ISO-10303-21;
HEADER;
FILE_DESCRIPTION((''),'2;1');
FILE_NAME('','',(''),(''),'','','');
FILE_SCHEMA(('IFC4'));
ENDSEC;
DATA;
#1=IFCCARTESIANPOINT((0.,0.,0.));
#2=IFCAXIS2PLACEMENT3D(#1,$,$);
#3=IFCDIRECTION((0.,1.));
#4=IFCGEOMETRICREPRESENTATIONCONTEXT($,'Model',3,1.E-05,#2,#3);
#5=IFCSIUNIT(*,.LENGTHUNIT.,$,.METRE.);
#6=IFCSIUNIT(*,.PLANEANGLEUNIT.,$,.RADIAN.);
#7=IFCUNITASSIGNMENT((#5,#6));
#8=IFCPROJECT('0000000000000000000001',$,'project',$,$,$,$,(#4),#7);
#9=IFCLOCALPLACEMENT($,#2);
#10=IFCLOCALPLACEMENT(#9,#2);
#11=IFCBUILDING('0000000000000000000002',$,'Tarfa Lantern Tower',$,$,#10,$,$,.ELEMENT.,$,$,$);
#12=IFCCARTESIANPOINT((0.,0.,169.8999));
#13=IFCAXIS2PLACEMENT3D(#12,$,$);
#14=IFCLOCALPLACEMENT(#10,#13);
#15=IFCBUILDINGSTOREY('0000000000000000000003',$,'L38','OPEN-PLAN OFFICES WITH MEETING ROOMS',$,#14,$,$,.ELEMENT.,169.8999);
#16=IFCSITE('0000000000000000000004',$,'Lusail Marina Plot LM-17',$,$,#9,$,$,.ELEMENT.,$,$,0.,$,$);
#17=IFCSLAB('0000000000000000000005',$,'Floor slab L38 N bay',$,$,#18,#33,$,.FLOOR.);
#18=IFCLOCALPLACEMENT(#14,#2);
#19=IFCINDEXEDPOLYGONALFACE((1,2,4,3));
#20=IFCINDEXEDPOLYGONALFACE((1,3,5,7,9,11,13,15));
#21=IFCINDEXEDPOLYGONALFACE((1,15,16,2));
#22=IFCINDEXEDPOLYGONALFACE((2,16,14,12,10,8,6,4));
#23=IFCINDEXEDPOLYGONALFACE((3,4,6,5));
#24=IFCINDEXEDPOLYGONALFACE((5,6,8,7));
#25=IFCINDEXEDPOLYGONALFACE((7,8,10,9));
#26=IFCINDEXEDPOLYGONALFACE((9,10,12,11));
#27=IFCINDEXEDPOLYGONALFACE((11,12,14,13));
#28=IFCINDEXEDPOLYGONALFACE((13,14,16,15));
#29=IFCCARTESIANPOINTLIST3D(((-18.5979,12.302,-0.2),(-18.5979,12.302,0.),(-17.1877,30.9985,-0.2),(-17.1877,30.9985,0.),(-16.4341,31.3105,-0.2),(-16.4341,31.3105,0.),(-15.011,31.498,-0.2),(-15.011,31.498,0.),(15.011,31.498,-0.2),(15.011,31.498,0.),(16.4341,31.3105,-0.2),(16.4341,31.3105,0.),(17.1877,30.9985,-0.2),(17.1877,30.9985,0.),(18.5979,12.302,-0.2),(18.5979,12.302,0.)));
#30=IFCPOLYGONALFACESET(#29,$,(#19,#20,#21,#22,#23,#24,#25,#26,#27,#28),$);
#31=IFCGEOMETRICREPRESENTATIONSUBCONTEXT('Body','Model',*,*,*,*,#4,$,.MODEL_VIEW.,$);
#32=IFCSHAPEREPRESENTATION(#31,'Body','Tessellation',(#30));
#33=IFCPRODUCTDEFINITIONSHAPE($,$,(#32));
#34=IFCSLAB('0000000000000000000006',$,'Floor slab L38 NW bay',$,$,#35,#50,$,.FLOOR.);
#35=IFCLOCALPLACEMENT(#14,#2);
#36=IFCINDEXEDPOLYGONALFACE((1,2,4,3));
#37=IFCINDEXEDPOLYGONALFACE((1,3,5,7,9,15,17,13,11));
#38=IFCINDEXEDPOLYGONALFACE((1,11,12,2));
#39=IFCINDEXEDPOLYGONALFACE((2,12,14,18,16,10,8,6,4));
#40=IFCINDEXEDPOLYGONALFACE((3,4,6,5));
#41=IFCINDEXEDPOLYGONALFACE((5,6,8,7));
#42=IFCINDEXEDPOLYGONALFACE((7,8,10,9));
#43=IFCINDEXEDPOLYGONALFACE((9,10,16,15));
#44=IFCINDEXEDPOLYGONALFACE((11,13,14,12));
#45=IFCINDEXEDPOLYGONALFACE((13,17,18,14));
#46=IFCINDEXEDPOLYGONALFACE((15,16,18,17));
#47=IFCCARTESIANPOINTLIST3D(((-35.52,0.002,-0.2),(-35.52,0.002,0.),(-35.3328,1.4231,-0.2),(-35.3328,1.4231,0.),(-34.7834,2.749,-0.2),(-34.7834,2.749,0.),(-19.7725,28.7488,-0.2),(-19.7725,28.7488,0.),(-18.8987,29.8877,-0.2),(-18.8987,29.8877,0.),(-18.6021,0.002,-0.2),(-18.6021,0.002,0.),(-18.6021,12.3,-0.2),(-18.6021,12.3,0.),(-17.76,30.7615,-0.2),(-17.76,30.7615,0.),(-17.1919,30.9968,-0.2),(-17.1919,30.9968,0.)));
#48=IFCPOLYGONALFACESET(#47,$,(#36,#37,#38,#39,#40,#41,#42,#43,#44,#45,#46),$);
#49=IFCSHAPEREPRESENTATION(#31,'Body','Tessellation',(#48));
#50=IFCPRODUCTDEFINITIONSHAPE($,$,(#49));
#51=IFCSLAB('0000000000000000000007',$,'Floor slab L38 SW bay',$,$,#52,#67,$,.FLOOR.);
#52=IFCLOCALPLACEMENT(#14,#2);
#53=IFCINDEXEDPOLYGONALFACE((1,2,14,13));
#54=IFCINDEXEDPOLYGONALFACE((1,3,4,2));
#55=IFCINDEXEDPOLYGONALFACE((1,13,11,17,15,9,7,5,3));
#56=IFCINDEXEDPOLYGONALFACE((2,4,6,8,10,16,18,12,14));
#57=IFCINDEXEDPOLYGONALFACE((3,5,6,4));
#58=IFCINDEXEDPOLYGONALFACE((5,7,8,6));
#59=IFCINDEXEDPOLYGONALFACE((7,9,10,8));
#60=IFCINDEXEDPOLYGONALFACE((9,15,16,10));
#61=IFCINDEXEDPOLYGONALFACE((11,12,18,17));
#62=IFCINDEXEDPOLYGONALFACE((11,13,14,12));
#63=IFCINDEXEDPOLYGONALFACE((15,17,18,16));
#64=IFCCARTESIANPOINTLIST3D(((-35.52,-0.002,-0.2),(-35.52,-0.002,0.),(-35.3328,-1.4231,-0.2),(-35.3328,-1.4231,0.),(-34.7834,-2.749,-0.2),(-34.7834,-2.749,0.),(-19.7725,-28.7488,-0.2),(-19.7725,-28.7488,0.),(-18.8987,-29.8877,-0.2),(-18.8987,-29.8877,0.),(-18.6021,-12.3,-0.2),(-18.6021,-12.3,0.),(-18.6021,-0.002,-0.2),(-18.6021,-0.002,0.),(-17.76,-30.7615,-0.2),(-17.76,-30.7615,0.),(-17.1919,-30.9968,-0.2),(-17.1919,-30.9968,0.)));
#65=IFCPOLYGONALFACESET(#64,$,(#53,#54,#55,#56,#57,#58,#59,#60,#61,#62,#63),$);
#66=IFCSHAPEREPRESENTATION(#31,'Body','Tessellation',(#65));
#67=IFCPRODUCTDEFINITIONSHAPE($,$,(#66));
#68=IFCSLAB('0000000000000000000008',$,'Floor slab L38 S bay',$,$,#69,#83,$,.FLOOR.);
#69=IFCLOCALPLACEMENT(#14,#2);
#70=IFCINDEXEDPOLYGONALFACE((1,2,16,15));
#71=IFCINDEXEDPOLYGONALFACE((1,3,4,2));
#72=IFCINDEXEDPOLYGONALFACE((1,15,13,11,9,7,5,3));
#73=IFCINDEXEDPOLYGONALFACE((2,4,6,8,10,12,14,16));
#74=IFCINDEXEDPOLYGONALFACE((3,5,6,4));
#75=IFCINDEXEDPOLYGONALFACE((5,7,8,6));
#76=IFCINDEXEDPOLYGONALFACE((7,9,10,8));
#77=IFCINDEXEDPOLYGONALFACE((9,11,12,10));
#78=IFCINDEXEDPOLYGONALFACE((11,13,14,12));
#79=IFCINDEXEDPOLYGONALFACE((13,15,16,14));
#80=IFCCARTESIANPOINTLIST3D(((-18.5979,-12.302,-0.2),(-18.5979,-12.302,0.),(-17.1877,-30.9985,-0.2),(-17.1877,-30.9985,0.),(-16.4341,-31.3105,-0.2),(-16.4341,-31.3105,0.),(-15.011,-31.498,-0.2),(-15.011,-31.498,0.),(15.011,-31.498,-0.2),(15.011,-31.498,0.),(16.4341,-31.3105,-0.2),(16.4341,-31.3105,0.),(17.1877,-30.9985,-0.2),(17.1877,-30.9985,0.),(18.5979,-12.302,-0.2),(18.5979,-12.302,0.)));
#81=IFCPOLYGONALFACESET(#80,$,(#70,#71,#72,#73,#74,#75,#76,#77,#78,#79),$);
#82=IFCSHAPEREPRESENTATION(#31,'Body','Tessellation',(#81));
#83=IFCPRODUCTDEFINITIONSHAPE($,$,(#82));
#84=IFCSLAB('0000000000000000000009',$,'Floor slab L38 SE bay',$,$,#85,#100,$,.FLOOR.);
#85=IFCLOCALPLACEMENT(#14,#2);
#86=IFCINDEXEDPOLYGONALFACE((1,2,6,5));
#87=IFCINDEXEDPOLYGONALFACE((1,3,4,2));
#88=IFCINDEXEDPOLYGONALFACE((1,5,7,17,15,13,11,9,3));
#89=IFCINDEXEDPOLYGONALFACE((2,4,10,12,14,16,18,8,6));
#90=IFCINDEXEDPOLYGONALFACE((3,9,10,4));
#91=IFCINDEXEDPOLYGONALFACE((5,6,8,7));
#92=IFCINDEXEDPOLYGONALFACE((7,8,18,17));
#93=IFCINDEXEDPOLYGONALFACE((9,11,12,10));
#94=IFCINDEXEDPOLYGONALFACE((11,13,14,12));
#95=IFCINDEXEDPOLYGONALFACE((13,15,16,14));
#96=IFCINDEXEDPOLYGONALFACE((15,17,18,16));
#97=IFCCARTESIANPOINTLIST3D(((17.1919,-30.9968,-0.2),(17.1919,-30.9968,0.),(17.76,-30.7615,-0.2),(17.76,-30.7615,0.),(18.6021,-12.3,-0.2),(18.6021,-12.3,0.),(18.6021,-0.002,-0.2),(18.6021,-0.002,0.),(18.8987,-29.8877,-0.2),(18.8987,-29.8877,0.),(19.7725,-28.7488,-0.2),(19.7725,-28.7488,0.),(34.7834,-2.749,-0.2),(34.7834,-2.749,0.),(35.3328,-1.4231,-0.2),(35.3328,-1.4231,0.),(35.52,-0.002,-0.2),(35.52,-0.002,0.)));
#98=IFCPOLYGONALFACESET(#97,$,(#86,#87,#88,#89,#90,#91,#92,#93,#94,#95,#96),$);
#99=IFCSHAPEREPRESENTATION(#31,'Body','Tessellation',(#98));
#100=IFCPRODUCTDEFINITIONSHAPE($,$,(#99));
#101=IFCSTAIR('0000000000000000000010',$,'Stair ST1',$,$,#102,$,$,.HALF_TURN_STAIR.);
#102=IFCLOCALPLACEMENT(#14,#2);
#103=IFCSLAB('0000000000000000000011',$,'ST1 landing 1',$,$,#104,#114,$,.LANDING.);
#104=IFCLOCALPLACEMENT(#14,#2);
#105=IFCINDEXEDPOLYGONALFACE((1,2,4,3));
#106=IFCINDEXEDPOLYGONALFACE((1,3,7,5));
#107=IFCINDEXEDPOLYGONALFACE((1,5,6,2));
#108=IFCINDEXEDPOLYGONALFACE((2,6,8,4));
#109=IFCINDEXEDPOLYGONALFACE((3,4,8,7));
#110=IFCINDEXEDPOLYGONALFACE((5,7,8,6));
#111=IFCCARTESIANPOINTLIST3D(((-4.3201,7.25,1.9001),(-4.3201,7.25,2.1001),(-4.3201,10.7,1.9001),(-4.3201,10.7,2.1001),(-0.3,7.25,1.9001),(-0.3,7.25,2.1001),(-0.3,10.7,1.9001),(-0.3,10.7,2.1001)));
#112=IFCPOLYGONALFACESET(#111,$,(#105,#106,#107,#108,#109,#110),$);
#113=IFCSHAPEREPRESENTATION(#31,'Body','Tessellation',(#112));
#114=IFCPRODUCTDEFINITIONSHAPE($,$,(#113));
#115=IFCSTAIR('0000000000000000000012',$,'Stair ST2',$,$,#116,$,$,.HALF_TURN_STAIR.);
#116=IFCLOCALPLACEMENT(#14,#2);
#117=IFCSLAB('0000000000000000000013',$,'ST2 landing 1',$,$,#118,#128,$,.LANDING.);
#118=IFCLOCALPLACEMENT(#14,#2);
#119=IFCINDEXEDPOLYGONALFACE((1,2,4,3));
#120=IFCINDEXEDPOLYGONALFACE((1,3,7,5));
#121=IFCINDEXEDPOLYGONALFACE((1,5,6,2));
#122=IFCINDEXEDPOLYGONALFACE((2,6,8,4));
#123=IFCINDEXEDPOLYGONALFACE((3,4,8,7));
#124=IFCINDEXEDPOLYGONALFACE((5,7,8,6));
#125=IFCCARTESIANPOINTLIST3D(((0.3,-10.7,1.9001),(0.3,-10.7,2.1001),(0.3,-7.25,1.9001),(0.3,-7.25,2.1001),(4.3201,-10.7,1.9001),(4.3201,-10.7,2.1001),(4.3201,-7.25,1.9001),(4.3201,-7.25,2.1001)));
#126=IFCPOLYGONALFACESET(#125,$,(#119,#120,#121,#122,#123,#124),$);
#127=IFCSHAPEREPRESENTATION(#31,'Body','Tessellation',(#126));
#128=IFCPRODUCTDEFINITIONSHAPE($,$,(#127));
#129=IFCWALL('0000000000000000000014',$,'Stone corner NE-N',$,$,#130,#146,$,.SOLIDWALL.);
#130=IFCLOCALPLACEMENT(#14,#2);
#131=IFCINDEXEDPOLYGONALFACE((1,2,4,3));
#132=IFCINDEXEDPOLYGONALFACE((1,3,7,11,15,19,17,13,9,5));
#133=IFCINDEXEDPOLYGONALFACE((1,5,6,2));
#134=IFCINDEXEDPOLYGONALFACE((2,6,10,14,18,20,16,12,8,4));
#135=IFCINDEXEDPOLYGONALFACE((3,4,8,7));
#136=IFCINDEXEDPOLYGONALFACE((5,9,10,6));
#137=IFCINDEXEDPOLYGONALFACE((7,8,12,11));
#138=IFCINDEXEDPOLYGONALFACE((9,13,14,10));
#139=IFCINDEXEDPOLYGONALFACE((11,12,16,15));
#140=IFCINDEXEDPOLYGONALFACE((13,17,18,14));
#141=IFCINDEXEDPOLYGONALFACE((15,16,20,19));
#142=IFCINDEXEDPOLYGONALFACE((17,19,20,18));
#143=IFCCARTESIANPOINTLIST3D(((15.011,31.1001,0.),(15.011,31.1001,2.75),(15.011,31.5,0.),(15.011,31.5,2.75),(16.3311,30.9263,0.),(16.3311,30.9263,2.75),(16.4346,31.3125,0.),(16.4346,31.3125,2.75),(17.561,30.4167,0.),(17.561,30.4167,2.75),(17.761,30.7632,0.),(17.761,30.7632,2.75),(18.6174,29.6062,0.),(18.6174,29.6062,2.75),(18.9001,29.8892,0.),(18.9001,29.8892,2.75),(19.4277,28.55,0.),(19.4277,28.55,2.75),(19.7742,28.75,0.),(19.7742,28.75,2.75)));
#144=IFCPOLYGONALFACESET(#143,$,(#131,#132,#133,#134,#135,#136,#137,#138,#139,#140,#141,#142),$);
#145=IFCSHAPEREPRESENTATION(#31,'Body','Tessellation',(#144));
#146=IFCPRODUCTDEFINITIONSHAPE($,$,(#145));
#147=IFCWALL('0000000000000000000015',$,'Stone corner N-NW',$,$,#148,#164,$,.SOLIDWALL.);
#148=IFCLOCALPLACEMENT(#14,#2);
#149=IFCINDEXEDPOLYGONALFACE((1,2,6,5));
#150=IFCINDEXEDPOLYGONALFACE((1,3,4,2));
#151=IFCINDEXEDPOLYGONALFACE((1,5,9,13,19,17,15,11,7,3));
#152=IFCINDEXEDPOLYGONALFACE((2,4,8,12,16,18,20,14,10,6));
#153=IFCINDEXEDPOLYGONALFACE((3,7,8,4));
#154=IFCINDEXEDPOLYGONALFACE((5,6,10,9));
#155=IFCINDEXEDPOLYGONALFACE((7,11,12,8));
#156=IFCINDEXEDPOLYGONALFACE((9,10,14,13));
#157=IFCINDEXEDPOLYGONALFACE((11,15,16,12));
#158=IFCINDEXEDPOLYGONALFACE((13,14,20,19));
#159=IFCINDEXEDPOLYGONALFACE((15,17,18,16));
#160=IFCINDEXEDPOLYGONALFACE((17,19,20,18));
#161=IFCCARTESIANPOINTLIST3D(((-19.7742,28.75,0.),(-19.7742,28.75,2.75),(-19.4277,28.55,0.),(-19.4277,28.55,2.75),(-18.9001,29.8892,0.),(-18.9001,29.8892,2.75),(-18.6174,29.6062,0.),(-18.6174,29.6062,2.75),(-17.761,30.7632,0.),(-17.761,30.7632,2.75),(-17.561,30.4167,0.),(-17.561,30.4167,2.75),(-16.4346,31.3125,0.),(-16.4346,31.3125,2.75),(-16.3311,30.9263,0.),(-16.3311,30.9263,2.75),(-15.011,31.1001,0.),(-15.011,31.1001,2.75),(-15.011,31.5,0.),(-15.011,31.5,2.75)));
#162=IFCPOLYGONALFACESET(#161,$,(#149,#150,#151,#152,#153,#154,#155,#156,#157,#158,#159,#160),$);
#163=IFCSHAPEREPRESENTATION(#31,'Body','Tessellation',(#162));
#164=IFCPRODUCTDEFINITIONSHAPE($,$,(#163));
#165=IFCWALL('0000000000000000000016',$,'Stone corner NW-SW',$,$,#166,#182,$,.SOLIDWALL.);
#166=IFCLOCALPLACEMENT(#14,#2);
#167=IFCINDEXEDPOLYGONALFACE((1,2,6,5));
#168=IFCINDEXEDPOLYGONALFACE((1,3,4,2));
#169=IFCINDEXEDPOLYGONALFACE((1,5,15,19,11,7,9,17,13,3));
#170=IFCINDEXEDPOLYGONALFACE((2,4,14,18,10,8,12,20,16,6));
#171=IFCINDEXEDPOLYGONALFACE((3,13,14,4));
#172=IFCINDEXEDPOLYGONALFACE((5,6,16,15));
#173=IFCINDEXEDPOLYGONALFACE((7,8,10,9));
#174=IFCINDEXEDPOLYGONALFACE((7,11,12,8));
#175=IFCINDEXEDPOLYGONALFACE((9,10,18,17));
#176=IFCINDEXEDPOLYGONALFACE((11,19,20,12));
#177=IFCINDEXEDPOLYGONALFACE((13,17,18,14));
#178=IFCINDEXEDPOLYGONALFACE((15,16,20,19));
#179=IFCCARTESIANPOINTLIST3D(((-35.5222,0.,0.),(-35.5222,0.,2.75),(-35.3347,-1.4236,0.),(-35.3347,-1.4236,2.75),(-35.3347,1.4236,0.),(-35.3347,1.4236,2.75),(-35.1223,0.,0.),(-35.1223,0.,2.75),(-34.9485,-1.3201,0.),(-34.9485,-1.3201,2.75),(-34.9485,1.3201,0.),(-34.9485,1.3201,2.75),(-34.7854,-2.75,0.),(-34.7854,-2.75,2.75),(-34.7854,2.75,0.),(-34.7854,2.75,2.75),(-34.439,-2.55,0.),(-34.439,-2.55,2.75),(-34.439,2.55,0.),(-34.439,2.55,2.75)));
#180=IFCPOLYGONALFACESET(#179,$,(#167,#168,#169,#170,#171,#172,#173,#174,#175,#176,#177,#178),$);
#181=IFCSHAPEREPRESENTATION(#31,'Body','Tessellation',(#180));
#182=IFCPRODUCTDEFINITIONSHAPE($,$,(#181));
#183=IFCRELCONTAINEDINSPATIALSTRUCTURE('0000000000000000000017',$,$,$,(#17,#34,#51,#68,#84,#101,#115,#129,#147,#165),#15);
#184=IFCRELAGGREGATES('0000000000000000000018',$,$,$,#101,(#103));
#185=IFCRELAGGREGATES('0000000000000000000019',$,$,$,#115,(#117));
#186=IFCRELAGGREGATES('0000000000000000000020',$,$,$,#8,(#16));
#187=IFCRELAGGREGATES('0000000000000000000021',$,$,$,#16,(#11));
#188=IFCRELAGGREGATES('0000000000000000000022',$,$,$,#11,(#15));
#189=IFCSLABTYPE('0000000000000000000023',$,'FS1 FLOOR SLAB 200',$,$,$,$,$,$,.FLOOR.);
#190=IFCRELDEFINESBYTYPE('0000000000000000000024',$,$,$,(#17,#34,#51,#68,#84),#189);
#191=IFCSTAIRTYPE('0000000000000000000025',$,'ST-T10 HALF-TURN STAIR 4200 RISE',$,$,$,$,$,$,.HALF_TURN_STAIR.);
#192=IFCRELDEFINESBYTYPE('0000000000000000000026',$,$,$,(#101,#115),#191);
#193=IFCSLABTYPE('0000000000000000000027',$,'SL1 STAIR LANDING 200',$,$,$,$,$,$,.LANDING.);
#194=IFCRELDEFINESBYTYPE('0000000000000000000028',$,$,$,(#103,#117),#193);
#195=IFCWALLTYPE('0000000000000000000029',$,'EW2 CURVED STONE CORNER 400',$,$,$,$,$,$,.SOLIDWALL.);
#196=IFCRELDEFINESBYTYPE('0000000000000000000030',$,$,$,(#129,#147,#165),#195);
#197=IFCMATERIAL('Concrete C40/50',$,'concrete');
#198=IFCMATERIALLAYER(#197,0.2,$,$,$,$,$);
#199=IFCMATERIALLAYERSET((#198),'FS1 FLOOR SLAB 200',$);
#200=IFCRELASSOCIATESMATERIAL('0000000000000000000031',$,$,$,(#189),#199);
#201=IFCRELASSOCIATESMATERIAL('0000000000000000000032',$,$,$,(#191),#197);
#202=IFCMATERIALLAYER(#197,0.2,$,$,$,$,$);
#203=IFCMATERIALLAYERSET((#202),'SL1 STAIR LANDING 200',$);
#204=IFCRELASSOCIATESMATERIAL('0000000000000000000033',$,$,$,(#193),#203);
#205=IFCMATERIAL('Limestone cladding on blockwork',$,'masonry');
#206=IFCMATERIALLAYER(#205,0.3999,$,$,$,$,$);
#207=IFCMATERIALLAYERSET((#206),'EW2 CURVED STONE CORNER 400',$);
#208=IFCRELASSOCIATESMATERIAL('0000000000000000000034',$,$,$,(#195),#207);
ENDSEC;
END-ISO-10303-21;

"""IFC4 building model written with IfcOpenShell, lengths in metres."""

from ifc_helpers import new_model, si_unit, direction, frame, origin, place, context, subcontext, project, spatial, polyline, outline, extrude, material, layer, layer_set, type_object, element, aggregate, save


model = new_model("IFC4")

# Units and contexts
model_context = context("Model", 3, precision=1e-05, world=origin(), true_north=direction((0.0, 1.0)))
body_context = subcontext(model_context, "Body", "Model", "MODEL_VIEW")
ifc_project = project(units=[si_unit("LENGTHUNIT", "METRE"), si_unit("PLANEANGLEUNIT", "RADIAN")], contexts=[model_context])

# Site, building, storey
site_placement = place(None, origin())
site = spatial("IfcSite", under=ifc_project, at=site_placement, Name="Lusail Marina Plot LM-17", CompositionType="ELEMENT", RefElevation=0.0)
building_placement = place(site_placement, origin())
building = spatial("IfcBuilding", under=site, at=building_placement, Name="Tarfa Lantern Tower", CompositionType="ELEMENT")
storey_placement = place(building_placement, frame((0.0, 0.0, 169.8999)))
storey = spatial("IfcBuildingStorey", under=building, at=storey_placement, Name="L38", Description="OPEN-PLAN OFFICES WITH MEETING ROOMS", CompositionType="ELEMENT", Elevation=169.8999)

# Slabs
ifc_material_1 = material(Name="Concrete C40/50", Category="concrete")
ifc_layer_1 = layer(ifc_material_1, 0.2)
ifc_layer_set_1 = layer_set([ifc_layer_1], Name="FS1 FLOOR SLAB 200")
slab_type_1 = type_object("IfcSlabType", Name="FS1 FLOOR SLAB 200", PredefinedType="FLOOR", material=ifc_layer_set_1)
slab_1_placement = place(storey_placement, frame((0.0, 0.0, -0.2)))
element("IfcSlab", 1, at=slab_1_placement, inside=storey, type_object=slab_type_1, Name="Floor slab L38 N bay", PredefinedType="FLOOR", context=body_context, shape_type="SweptSolid", body=[
    extrude(outline(polyline([(-18.5979, 12.302), (18.5979, 12.302), (17.1877, 30.9985), (16.4341, 31.3105), (15.011, 31.498), (-15.011, 31.498), (-16.4341, 31.3105), (-17.1877, 30.9985), (-18.5979, 12.302)])), origin(), (0.0, 0.0, 1.0), 0.2),
])
slab_2_placement = place(storey_placement, frame((0.0, 0.0, -0.2)))
element("IfcSlab", 2, at=slab_2_placement, inside=storey, type_object=slab_type_1, Name="Floor slab L38 NW bay", PredefinedType="FLOOR", context=body_context, shape_type="SweptSolid", body=[
    extrude(outline(polyline([(-18.6021, 0.002), (-18.6021, 12.3), (-17.1919, 30.9968), (-17.76, 30.7615), (-18.8987, 29.8877), (-19.7725, 28.7488), (-34.7834, 2.749), (-35.3328, 1.4231), (-35.52, 0.002), (-18.6021, 0.002)])), origin(), (0.0, 0.0, 1.0), 0.2),
])
slab_3_placement = place(storey_placement, frame((0.0, 0.0, -0.2)))
element("IfcSlab", 3, at=slab_3_placement, inside=storey, type_object=slab_type_1, Name="Floor slab L38 SW bay", PredefinedType="FLOOR", context=body_context, shape_type="SweptSolid", body=[
    extrude(outline(polyline([(-18.6021, -12.3), (-18.6021, -0.002), (-35.52, -0.002), (-35.3328, -1.4231), (-34.7834, -2.749), (-19.7725, -28.7488), (-18.8987, -29.8877), (-17.76, -30.7615), (-17.1919, -30.9968), (-18.6021, -12.3)])), origin(), (0.0, 0.0, 1.0), 0.2),
])
slab_4_placement = place(storey_placement, frame((0.0, 0.0, -0.2)))
element("IfcSlab", 4, at=slab_4_placement, inside=storey, type_object=slab_type_1, Name="Floor slab L38 S bay", PredefinedType="FLOOR", context=body_context, shape_type="SweptSolid", body=[
    extrude(outline(polyline([(18.5979, -12.302), (-18.5979, -12.302), (-17.1877, -30.9985), (-16.4341, -31.3105), (-15.011, -31.498), (15.011, -31.498), (16.4341, -31.3105), (17.1877, -30.9985), (18.5979, -12.302)])), origin(), (0.0, 0.0, 1.0), 0.2),
])
slab_5_placement = place(storey_placement, frame((0.0, 0.0, -0.2)))
element("IfcSlab", 5, at=slab_5_placement, inside=storey, type_object=slab_type_1, Name="Floor slab L38 SE bay", PredefinedType="FLOOR", context=body_context, shape_type="SweptSolid", body=[
    extrude(outline(polyline([(18.6021, -0.002), (18.6021, -12.3), (17.1919, -30.9968), (17.76, -30.7615), (18.8987, -29.8877), (19.7725, -28.7488), (34.7834, -2.749), (35.3328, -1.4231), (35.52, -0.002), (18.6021, -0.002)])), origin(), (0.0, 0.0, 1.0), 0.2),
])

# Stairs, slabs
stair_type = type_object("IfcStairType", Name="ST-T10 HALF-TURN STAIR 4200 RISE", PredefinedType="HALF_TURN_STAIR", material=ifc_material_1)
stair_1_placement = place(storey_placement, origin())
stair_1 = element("IfcStair", 6, at=stair_1_placement, inside=storey, type_object=stair_type, Name="Stair ST1", PredefinedType="HALF_TURN_STAIR")
ifc_layer_2 = layer(ifc_material_1, 0.2)
ifc_layer_set_2 = layer_set([ifc_layer_2], Name="SL1 STAIR LANDING 200")
slab_type_2 = type_object("IfcSlabType", Name="SL1 STAIR LANDING 200", PredefinedType="LANDING", material=ifc_layer_set_2)
slab_6_placement = place(storey_placement, frame((0.0, 0.0, 1.9001)))
slab_6 = element("IfcSlab", 7, at=slab_6_placement, type_object=slab_type_2, Name="ST1 landing 1", PredefinedType="LANDING", context=body_context, shape_type="SweptSolid", body=[
    extrude(outline(polyline([(-4.3201, 7.25), (-0.3, 7.25), (-0.3, 10.7), (-4.3201, 10.7), (-4.3201, 7.25)])), origin(), (0.0, 0.0, 1.0), 0.2),
])
aggregate(stair_1, [slab_6])
stair_2_placement = place(storey_placement, origin())
stair_2 = element("IfcStair", 8, at=stair_2_placement, inside=storey, type_object=stair_type, Name="Stair ST2", PredefinedType="HALF_TURN_STAIR")
slab_7_placement = place(storey_placement, frame((0.0, 0.0, 1.9001)))
slab_7 = element("IfcSlab", 9, at=slab_7_placement, type_object=slab_type_2, Name="ST2 landing 1", PredefinedType="LANDING", context=body_context, shape_type="SweptSolid", body=[
    extrude(outline(polyline([(4.3201, -7.25), (0.3, -7.25), (0.3, -10.7), (4.3201, -10.7), (4.3201, -7.25)])), origin(), (0.0, 0.0, 1.0), 0.2),
])
aggregate(stair_2, [slab_7])

# Walls
ifc_material_2 = material(Name="Limestone cladding on blockwork", Category="masonry")
ifc_layer_3 = layer(ifc_material_2, 0.3999)
ifc_layer_set_3 = layer_set([ifc_layer_3], Name="EW2 CURVED STONE CORNER 400")
wall_type_1 = type_object("IfcWallType", Name="EW2 CURVED STONE CORNER 400", PredefinedType="SOLIDWALL", material=ifc_layer_set_3)
wall_1_placement = place(storey_placement, origin())
element("IfcWall", 10, at=wall_1_placement, inside=storey, type_object=wall_type_1, Name="Stone corner NE-N", PredefinedType="SOLIDWALL", context=body_context, shape_type="SweptSolid", body=[
    extrude(outline(polyline([(19.7742, 28.75), (18.9001, 29.8892), (17.761, 30.7632), (16.4346, 31.3125), (15.011, 31.5), (15.011, 31.1001), (16.3311, 30.9263), (17.561, 30.4167), (18.6174, 29.6062), (19.4277, 28.55), (19.7742, 28.75)])), origin(), (0.0, 0.0, 1.0), 2.75),
])
wall_2_placement = place(storey_placement, origin())
element("IfcWall", 11, at=wall_2_placement, inside=storey, type_object=wall_type_1, Name="Stone corner N-NW", PredefinedType="SOLIDWALL", context=body_context, shape_type="SweptSolid", body=[
    extrude(outline(polyline([(-15.011, 31.5), (-16.4346, 31.3125), (-17.761, 30.7632), (-18.9001, 29.8892), (-19.7742, 28.75), (-19.4277, 28.55), (-18.6174, 29.6062), (-17.561, 30.4167), (-16.3311, 30.9263), (-15.011, 31.1001), (-15.011, 31.5)])), origin(), (0.0, 0.0, 1.0), 2.75),
])
wall_3_placement = place(storey_placement, origin())
element("IfcWall", 12, at=wall_3_placement, inside=storey, type_object=wall_type_1, Name="Stone corner NW-SW", PredefinedType="SOLIDWALL", context=body_context, shape_type="SweptSolid", body=[
    extrude(outline(polyline([(-34.7854, 2.75), (-35.3347, 1.4236), (-35.5222, 0.0), (-35.3347, -1.4236), (-34.7854, -2.75), (-34.439, -2.55), (-34.9485, -1.3201), (-35.1223, 0.0), (-34.9485, 1.3201), (-34.439, 2.55), (-34.7854, 2.75)])), origin(), (0.0, 0.0, 1.0), 2.75),
])

save(model, "model.ifc")
